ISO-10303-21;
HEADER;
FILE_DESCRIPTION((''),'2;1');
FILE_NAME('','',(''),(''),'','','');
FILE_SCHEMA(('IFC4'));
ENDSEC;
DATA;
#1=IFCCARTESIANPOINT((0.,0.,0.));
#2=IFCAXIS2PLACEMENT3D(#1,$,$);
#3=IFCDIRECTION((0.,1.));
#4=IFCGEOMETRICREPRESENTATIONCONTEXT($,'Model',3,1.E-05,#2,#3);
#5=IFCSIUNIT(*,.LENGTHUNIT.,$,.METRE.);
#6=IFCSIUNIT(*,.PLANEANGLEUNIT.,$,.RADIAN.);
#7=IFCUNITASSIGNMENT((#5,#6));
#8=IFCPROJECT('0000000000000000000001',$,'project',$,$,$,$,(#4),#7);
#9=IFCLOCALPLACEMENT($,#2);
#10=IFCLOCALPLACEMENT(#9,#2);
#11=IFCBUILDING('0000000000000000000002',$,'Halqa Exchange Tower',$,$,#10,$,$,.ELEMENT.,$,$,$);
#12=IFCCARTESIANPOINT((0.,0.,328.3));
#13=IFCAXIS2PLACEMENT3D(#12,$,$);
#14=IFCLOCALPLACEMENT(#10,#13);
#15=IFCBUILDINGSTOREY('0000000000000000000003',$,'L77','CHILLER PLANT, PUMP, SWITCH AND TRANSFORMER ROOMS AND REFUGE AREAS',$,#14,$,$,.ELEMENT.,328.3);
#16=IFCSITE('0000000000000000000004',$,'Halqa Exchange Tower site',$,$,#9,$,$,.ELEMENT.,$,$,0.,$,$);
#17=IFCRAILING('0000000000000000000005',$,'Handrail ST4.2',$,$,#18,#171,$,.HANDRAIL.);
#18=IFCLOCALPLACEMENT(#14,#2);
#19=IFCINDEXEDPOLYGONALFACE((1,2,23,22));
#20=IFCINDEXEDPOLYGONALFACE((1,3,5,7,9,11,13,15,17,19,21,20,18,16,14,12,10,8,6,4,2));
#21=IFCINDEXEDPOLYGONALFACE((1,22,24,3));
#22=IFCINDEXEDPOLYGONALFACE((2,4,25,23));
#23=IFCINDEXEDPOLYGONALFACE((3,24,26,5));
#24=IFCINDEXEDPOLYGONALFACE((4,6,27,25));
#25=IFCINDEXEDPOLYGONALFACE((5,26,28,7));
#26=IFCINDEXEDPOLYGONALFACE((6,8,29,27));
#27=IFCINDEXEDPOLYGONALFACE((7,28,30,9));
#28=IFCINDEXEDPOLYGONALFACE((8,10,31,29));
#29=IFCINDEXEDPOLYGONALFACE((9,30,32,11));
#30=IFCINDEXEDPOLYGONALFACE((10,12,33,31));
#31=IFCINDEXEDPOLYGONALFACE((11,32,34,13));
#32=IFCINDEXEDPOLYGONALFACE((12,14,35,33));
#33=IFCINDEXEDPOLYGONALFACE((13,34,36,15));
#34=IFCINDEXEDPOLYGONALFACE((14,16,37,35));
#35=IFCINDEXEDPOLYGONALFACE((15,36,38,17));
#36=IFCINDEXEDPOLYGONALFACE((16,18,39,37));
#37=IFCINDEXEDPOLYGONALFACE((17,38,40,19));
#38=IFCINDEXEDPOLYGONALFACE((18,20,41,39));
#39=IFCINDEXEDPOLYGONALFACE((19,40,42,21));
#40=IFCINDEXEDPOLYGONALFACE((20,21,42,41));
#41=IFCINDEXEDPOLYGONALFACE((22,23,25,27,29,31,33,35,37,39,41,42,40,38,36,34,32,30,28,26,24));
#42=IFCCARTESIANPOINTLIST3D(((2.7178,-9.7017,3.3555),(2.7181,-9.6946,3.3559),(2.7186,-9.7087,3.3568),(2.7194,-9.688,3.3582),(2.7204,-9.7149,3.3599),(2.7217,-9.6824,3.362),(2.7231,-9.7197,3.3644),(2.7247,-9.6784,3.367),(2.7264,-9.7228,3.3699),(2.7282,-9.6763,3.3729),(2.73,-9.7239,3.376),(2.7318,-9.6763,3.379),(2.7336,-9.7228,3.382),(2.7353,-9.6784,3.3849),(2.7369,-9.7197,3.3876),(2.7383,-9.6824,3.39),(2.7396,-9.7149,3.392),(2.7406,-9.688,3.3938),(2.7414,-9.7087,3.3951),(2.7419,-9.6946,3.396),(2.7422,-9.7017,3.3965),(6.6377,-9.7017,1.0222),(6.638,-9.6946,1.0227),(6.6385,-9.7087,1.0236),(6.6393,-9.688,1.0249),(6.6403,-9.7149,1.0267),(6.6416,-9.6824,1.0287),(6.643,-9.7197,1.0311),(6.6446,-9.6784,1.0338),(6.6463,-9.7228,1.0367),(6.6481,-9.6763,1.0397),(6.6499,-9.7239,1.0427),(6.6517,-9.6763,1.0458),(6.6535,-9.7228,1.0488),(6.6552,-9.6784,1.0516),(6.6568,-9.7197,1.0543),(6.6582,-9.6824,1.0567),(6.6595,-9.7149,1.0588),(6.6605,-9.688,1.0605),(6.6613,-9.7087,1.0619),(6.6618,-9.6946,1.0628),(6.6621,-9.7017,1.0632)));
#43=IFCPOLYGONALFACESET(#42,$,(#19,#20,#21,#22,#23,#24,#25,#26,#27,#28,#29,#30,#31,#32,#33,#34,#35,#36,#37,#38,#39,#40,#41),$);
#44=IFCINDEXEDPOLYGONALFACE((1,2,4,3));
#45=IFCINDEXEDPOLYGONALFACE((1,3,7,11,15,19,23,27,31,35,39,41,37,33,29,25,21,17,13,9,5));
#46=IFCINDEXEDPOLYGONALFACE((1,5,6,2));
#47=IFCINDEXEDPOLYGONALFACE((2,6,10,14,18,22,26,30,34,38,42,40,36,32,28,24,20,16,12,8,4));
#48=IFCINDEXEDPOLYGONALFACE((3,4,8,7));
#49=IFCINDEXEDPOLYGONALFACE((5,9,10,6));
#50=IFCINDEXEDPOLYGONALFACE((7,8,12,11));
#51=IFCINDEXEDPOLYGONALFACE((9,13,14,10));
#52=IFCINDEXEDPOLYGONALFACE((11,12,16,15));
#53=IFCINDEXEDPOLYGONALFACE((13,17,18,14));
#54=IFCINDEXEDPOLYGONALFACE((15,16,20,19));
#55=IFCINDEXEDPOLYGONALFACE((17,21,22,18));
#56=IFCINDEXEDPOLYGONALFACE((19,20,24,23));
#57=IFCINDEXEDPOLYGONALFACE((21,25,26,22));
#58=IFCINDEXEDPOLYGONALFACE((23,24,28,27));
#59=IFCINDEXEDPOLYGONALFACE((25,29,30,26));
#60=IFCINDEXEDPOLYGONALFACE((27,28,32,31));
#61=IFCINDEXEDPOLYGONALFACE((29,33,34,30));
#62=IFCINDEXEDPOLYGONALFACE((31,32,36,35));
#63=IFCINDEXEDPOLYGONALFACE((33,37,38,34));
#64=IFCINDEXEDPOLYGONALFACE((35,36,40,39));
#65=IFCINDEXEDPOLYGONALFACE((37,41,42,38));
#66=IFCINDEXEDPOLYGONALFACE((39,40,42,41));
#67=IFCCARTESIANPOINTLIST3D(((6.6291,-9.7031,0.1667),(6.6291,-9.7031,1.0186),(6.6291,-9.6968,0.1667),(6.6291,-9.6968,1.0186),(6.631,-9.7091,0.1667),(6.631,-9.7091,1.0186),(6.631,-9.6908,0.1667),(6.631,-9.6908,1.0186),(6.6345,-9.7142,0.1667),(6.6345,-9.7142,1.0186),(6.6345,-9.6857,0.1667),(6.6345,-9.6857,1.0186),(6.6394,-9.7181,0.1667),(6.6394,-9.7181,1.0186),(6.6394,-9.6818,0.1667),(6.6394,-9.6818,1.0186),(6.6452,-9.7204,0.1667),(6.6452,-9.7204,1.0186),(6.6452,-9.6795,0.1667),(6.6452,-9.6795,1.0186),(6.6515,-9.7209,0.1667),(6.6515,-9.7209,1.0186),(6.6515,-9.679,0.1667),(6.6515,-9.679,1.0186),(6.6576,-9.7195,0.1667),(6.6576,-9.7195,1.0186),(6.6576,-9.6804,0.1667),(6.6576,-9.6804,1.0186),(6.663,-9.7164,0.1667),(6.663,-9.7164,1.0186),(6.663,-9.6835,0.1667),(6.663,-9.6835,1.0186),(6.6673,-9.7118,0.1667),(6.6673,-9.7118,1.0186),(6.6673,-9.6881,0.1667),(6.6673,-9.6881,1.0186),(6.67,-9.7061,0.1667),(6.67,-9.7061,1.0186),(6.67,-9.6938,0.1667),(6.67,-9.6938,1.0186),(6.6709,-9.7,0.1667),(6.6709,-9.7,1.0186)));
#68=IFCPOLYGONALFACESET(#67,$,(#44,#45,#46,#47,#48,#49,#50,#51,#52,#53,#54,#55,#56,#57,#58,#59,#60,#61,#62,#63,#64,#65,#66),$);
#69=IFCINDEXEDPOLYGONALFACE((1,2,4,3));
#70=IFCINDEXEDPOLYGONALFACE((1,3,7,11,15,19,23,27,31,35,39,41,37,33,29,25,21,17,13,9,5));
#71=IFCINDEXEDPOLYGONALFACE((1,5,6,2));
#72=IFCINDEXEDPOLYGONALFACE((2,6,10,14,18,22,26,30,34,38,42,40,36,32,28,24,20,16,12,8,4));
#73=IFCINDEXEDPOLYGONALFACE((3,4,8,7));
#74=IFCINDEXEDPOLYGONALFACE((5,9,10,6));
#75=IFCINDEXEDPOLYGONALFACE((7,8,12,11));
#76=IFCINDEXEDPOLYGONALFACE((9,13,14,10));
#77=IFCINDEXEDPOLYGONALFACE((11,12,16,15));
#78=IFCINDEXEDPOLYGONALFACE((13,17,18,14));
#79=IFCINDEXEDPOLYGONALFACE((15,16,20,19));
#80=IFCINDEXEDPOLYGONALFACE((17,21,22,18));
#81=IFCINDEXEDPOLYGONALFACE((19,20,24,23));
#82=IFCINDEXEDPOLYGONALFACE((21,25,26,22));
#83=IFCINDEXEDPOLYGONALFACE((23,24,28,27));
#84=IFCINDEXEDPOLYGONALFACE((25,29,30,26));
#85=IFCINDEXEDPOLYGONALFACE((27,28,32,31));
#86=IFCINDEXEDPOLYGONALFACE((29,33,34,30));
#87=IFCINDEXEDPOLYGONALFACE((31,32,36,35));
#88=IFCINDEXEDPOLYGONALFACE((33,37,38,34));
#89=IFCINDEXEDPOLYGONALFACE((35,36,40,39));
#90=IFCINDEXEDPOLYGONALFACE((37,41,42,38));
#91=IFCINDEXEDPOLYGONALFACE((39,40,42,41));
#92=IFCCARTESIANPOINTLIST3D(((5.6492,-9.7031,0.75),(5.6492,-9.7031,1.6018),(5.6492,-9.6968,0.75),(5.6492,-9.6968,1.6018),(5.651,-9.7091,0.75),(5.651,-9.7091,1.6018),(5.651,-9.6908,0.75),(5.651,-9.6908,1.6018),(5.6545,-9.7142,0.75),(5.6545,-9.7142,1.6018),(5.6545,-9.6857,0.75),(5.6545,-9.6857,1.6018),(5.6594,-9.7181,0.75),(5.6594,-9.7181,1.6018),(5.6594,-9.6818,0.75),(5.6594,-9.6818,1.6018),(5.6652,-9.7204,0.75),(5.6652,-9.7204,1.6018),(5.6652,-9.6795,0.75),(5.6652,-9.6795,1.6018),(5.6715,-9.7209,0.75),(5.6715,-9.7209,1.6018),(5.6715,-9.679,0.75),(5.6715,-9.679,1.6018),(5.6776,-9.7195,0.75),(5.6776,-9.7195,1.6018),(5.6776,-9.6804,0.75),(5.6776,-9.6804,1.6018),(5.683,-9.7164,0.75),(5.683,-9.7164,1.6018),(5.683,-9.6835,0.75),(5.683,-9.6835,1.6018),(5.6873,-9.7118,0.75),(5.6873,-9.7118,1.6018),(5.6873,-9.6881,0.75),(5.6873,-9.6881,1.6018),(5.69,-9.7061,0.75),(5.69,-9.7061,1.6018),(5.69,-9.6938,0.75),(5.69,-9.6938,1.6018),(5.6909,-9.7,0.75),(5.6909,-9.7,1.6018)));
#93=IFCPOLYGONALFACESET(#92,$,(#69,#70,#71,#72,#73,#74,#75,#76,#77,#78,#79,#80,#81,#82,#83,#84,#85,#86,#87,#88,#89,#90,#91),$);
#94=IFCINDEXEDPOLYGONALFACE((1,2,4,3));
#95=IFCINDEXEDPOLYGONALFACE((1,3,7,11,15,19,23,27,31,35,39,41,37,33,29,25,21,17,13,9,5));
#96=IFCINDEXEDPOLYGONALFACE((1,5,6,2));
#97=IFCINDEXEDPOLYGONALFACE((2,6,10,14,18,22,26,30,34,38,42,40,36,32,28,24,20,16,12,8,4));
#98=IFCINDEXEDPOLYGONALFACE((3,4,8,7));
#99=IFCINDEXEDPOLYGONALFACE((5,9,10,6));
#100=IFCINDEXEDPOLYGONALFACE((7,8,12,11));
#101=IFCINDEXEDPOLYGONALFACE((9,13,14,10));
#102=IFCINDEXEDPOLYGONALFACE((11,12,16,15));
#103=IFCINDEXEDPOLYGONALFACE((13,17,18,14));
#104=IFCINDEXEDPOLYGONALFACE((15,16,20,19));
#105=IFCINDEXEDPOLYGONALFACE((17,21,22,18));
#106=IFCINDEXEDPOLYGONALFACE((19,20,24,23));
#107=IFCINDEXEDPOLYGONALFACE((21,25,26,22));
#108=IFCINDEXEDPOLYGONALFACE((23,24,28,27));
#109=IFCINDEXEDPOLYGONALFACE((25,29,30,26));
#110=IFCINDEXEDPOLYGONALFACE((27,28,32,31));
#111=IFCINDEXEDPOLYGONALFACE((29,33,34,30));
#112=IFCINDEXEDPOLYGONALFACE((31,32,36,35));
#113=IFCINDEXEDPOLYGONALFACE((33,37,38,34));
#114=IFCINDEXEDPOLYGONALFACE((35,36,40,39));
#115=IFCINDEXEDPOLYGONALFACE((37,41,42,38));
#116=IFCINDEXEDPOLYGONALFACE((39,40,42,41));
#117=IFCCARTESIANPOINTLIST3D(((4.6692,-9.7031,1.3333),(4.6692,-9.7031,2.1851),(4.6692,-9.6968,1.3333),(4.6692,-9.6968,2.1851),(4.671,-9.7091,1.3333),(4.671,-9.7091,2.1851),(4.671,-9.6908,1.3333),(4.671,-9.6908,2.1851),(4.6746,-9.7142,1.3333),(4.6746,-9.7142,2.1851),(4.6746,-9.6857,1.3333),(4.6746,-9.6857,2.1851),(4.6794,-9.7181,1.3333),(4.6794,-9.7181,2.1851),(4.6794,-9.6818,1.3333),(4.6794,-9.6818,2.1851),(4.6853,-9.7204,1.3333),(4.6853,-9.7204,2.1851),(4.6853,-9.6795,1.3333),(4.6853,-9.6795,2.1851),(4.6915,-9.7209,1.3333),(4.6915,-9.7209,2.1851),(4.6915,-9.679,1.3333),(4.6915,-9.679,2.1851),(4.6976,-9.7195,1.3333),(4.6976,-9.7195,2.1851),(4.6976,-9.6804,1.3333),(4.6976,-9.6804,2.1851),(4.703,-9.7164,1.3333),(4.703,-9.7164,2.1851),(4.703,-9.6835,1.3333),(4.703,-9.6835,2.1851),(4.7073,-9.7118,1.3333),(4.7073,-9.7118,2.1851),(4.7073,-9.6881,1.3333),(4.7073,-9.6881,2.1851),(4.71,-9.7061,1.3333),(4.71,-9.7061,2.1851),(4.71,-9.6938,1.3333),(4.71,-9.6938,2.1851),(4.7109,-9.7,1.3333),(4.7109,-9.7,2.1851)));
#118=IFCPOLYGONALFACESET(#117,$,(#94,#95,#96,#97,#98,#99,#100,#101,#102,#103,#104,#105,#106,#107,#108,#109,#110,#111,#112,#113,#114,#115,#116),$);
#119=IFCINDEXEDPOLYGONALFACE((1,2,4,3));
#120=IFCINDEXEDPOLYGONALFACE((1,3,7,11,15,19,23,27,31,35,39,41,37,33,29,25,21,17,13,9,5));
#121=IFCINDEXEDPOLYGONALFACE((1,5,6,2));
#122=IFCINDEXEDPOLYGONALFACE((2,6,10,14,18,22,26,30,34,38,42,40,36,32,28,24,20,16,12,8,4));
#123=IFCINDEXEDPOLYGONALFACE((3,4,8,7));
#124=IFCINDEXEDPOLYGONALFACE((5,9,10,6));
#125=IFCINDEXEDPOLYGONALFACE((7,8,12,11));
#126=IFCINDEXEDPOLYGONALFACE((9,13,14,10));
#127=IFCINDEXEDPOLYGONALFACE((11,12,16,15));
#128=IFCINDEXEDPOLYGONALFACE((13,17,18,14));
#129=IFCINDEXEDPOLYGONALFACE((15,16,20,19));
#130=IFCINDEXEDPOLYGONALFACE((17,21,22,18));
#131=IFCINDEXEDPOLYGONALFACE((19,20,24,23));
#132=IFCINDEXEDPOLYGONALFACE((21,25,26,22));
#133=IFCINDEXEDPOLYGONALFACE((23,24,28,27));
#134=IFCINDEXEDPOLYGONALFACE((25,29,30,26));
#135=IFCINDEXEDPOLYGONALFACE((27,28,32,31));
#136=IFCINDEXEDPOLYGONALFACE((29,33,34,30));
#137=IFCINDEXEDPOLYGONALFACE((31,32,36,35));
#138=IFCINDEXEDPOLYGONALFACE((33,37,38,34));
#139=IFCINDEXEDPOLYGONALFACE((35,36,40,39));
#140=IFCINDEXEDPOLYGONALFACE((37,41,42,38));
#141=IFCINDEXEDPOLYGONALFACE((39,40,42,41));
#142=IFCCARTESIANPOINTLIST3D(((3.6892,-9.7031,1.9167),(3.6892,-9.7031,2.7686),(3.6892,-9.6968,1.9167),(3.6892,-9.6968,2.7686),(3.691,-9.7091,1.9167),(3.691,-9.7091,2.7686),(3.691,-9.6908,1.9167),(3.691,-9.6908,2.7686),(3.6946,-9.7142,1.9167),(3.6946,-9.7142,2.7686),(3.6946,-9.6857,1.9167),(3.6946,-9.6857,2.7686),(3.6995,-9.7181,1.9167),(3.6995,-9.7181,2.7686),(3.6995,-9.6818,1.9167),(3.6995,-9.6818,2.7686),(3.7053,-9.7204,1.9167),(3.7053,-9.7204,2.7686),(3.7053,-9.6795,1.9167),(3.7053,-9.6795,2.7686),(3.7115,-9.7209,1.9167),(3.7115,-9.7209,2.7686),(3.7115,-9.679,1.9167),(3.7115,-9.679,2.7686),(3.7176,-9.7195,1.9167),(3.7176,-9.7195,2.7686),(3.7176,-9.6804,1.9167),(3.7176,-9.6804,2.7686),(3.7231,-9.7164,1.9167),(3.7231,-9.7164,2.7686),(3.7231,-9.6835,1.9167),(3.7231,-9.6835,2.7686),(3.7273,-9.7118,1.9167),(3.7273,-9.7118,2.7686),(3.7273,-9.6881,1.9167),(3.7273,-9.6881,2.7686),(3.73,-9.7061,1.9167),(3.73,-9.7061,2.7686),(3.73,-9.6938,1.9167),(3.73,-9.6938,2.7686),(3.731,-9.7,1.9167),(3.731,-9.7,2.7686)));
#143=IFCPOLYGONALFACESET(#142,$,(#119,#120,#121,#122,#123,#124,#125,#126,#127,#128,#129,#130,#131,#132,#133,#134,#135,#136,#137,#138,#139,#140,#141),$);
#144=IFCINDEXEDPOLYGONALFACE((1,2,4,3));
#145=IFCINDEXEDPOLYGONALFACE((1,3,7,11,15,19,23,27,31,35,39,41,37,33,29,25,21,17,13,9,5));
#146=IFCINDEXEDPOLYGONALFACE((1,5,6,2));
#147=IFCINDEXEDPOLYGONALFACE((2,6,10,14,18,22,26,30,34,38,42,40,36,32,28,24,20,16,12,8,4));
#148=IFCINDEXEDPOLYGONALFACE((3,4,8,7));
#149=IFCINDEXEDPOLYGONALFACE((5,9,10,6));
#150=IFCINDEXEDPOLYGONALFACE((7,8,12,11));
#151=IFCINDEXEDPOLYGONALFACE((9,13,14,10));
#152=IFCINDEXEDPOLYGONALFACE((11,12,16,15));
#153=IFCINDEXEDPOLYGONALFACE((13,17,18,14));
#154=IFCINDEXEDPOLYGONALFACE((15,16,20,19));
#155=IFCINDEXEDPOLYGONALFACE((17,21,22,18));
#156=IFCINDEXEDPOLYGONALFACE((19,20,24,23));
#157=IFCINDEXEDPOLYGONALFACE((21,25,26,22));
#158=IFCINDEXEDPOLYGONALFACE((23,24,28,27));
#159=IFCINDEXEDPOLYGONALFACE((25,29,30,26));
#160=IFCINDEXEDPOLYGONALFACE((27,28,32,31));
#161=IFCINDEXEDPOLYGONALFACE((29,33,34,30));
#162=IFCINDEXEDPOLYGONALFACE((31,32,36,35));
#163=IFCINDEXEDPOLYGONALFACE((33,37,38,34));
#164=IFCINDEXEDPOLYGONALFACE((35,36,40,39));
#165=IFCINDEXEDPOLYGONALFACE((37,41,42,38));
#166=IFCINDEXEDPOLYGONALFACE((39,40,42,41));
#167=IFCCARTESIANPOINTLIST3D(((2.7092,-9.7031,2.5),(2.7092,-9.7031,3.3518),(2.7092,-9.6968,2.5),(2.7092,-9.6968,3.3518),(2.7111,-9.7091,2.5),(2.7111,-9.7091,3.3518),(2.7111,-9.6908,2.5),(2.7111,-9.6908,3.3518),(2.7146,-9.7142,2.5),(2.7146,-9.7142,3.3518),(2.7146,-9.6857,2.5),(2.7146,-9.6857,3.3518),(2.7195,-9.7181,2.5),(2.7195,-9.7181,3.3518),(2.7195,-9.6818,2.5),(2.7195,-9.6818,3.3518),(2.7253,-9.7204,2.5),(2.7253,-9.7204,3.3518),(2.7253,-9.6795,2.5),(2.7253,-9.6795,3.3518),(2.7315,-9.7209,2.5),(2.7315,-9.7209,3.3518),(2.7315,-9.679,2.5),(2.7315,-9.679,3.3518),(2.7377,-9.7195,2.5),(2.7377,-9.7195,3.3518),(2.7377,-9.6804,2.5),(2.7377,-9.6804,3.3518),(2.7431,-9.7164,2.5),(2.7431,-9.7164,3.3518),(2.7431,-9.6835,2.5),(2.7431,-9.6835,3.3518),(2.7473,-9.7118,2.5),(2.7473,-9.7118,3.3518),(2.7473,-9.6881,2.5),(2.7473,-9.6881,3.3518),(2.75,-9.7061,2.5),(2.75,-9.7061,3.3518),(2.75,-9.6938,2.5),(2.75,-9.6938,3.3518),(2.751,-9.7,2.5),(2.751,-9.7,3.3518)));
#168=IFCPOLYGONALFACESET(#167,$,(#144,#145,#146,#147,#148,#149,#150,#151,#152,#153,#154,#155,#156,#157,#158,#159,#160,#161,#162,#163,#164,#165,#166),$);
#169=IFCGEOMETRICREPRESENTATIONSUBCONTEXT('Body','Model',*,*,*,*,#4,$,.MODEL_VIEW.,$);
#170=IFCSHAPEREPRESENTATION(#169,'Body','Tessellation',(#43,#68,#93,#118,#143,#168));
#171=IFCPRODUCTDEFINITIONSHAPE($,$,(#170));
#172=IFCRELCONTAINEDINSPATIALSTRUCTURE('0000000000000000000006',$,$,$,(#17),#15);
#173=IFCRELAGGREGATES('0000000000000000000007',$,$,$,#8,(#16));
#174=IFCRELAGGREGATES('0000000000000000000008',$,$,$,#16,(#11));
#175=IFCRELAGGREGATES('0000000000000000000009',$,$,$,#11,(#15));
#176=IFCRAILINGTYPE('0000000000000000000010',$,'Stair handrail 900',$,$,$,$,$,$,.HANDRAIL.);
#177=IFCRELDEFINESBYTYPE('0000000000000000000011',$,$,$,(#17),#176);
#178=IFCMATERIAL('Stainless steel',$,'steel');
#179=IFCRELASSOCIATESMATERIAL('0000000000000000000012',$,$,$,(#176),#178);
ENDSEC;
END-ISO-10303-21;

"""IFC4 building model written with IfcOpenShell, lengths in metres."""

from ifc_helpers import new_model, si_unit, direction, frame, origin, origin_2d, place, context, subcontext, project, spatial, circle, extrude, material, type_object, element, save


model = new_model("IFC4")

# Units and contexts
model_context = context("Model", 3, precision=1e-05, world=origin(), true_north=direction((0.0, 1.0)))
body_context = subcontext(model_context, "Body", "Model", "MODEL_VIEW")
ifc_project = project(units=[si_unit("LENGTHUNIT", "METRE"), si_unit("PLANEANGLEUNIT", "RADIAN")], contexts=[model_context])

# Site, building, storey
site_placement = place(None, origin())
site = spatial("IfcSite", under=ifc_project, at=site_placement, Name="Halqa Exchange Tower site", CompositionType="ELEMENT", RefElevation=0.0)
building_placement = place(site_placement, origin())
building = spatial("IfcBuilding", under=site, at=building_placement, Name="Halqa Exchange Tower", CompositionType="ELEMENT")
storey_placement = place(building_placement, frame((0.0, 0.0, 328.3)))
storey = spatial("IfcBuildingStorey", under=building, at=storey_placement, Name="L77", Description="CHILLER PLANT, PUMP, SWITCH AND TRANSFORMER ROOMS AND REFUGE AREAS", CompositionType="ELEMENT", Elevation=328.3)

# Railing
ifc_material_1 = material(Name="Stainless steel", Category="steel")
railing_type_1 = type_object("IfcRailingType", Name="Stair handrail 900", PredefinedType="HANDRAIL", material=ifc_material_1)
railing_1_placement = place(storey_placement, frame((6.6499, -9.7, 0.1667)))
element("IfcRailing", 1, at=railing_1_placement, inside=storey, type_object=railing_type_1, Name="Handrail ST4.2", PredefinedType="HANDRAIL", context=body_context, shape_type="SweptSolid", body=[
    extrude(circle(Radius=0.0239, at=origin_2d()), frame((0.0, 0.0, 0.876), z_axis=(-0.859296, 0.0, 0.511478), x_axis=(0.0, -1.0, 0.0)), (0.0, 0.0, 1.0), 4.5618),
    extrude(circle(Radius=0.021, at=origin_2d()), origin(), (0.0, 0.0, 1.0), 0.8518),
    extrude(circle(Radius=0.021, at=origin_2d()), frame((-0.98, 0.0, 0.5833)), (0.0, 0.0, 1.0), 0.8518),
    extrude(circle(Radius=0.021, at=origin_2d()), frame((-1.96, 0.0, 1.1665)), (0.0, 0.0, 1.0), 0.8518),
    extrude(circle(Radius=0.021, at=origin_2d()), frame((-2.9399, 0.0, 1.75)), (0.0, 0.0, 1.0), 0.8518),
    extrude(circle(Radius=0.021, at=origin_2d()), frame((-3.9199, 0.0, 2.3333)), (0.0, 0.0, 1.0), 0.8518),
])

save(model, "model.ifc")
